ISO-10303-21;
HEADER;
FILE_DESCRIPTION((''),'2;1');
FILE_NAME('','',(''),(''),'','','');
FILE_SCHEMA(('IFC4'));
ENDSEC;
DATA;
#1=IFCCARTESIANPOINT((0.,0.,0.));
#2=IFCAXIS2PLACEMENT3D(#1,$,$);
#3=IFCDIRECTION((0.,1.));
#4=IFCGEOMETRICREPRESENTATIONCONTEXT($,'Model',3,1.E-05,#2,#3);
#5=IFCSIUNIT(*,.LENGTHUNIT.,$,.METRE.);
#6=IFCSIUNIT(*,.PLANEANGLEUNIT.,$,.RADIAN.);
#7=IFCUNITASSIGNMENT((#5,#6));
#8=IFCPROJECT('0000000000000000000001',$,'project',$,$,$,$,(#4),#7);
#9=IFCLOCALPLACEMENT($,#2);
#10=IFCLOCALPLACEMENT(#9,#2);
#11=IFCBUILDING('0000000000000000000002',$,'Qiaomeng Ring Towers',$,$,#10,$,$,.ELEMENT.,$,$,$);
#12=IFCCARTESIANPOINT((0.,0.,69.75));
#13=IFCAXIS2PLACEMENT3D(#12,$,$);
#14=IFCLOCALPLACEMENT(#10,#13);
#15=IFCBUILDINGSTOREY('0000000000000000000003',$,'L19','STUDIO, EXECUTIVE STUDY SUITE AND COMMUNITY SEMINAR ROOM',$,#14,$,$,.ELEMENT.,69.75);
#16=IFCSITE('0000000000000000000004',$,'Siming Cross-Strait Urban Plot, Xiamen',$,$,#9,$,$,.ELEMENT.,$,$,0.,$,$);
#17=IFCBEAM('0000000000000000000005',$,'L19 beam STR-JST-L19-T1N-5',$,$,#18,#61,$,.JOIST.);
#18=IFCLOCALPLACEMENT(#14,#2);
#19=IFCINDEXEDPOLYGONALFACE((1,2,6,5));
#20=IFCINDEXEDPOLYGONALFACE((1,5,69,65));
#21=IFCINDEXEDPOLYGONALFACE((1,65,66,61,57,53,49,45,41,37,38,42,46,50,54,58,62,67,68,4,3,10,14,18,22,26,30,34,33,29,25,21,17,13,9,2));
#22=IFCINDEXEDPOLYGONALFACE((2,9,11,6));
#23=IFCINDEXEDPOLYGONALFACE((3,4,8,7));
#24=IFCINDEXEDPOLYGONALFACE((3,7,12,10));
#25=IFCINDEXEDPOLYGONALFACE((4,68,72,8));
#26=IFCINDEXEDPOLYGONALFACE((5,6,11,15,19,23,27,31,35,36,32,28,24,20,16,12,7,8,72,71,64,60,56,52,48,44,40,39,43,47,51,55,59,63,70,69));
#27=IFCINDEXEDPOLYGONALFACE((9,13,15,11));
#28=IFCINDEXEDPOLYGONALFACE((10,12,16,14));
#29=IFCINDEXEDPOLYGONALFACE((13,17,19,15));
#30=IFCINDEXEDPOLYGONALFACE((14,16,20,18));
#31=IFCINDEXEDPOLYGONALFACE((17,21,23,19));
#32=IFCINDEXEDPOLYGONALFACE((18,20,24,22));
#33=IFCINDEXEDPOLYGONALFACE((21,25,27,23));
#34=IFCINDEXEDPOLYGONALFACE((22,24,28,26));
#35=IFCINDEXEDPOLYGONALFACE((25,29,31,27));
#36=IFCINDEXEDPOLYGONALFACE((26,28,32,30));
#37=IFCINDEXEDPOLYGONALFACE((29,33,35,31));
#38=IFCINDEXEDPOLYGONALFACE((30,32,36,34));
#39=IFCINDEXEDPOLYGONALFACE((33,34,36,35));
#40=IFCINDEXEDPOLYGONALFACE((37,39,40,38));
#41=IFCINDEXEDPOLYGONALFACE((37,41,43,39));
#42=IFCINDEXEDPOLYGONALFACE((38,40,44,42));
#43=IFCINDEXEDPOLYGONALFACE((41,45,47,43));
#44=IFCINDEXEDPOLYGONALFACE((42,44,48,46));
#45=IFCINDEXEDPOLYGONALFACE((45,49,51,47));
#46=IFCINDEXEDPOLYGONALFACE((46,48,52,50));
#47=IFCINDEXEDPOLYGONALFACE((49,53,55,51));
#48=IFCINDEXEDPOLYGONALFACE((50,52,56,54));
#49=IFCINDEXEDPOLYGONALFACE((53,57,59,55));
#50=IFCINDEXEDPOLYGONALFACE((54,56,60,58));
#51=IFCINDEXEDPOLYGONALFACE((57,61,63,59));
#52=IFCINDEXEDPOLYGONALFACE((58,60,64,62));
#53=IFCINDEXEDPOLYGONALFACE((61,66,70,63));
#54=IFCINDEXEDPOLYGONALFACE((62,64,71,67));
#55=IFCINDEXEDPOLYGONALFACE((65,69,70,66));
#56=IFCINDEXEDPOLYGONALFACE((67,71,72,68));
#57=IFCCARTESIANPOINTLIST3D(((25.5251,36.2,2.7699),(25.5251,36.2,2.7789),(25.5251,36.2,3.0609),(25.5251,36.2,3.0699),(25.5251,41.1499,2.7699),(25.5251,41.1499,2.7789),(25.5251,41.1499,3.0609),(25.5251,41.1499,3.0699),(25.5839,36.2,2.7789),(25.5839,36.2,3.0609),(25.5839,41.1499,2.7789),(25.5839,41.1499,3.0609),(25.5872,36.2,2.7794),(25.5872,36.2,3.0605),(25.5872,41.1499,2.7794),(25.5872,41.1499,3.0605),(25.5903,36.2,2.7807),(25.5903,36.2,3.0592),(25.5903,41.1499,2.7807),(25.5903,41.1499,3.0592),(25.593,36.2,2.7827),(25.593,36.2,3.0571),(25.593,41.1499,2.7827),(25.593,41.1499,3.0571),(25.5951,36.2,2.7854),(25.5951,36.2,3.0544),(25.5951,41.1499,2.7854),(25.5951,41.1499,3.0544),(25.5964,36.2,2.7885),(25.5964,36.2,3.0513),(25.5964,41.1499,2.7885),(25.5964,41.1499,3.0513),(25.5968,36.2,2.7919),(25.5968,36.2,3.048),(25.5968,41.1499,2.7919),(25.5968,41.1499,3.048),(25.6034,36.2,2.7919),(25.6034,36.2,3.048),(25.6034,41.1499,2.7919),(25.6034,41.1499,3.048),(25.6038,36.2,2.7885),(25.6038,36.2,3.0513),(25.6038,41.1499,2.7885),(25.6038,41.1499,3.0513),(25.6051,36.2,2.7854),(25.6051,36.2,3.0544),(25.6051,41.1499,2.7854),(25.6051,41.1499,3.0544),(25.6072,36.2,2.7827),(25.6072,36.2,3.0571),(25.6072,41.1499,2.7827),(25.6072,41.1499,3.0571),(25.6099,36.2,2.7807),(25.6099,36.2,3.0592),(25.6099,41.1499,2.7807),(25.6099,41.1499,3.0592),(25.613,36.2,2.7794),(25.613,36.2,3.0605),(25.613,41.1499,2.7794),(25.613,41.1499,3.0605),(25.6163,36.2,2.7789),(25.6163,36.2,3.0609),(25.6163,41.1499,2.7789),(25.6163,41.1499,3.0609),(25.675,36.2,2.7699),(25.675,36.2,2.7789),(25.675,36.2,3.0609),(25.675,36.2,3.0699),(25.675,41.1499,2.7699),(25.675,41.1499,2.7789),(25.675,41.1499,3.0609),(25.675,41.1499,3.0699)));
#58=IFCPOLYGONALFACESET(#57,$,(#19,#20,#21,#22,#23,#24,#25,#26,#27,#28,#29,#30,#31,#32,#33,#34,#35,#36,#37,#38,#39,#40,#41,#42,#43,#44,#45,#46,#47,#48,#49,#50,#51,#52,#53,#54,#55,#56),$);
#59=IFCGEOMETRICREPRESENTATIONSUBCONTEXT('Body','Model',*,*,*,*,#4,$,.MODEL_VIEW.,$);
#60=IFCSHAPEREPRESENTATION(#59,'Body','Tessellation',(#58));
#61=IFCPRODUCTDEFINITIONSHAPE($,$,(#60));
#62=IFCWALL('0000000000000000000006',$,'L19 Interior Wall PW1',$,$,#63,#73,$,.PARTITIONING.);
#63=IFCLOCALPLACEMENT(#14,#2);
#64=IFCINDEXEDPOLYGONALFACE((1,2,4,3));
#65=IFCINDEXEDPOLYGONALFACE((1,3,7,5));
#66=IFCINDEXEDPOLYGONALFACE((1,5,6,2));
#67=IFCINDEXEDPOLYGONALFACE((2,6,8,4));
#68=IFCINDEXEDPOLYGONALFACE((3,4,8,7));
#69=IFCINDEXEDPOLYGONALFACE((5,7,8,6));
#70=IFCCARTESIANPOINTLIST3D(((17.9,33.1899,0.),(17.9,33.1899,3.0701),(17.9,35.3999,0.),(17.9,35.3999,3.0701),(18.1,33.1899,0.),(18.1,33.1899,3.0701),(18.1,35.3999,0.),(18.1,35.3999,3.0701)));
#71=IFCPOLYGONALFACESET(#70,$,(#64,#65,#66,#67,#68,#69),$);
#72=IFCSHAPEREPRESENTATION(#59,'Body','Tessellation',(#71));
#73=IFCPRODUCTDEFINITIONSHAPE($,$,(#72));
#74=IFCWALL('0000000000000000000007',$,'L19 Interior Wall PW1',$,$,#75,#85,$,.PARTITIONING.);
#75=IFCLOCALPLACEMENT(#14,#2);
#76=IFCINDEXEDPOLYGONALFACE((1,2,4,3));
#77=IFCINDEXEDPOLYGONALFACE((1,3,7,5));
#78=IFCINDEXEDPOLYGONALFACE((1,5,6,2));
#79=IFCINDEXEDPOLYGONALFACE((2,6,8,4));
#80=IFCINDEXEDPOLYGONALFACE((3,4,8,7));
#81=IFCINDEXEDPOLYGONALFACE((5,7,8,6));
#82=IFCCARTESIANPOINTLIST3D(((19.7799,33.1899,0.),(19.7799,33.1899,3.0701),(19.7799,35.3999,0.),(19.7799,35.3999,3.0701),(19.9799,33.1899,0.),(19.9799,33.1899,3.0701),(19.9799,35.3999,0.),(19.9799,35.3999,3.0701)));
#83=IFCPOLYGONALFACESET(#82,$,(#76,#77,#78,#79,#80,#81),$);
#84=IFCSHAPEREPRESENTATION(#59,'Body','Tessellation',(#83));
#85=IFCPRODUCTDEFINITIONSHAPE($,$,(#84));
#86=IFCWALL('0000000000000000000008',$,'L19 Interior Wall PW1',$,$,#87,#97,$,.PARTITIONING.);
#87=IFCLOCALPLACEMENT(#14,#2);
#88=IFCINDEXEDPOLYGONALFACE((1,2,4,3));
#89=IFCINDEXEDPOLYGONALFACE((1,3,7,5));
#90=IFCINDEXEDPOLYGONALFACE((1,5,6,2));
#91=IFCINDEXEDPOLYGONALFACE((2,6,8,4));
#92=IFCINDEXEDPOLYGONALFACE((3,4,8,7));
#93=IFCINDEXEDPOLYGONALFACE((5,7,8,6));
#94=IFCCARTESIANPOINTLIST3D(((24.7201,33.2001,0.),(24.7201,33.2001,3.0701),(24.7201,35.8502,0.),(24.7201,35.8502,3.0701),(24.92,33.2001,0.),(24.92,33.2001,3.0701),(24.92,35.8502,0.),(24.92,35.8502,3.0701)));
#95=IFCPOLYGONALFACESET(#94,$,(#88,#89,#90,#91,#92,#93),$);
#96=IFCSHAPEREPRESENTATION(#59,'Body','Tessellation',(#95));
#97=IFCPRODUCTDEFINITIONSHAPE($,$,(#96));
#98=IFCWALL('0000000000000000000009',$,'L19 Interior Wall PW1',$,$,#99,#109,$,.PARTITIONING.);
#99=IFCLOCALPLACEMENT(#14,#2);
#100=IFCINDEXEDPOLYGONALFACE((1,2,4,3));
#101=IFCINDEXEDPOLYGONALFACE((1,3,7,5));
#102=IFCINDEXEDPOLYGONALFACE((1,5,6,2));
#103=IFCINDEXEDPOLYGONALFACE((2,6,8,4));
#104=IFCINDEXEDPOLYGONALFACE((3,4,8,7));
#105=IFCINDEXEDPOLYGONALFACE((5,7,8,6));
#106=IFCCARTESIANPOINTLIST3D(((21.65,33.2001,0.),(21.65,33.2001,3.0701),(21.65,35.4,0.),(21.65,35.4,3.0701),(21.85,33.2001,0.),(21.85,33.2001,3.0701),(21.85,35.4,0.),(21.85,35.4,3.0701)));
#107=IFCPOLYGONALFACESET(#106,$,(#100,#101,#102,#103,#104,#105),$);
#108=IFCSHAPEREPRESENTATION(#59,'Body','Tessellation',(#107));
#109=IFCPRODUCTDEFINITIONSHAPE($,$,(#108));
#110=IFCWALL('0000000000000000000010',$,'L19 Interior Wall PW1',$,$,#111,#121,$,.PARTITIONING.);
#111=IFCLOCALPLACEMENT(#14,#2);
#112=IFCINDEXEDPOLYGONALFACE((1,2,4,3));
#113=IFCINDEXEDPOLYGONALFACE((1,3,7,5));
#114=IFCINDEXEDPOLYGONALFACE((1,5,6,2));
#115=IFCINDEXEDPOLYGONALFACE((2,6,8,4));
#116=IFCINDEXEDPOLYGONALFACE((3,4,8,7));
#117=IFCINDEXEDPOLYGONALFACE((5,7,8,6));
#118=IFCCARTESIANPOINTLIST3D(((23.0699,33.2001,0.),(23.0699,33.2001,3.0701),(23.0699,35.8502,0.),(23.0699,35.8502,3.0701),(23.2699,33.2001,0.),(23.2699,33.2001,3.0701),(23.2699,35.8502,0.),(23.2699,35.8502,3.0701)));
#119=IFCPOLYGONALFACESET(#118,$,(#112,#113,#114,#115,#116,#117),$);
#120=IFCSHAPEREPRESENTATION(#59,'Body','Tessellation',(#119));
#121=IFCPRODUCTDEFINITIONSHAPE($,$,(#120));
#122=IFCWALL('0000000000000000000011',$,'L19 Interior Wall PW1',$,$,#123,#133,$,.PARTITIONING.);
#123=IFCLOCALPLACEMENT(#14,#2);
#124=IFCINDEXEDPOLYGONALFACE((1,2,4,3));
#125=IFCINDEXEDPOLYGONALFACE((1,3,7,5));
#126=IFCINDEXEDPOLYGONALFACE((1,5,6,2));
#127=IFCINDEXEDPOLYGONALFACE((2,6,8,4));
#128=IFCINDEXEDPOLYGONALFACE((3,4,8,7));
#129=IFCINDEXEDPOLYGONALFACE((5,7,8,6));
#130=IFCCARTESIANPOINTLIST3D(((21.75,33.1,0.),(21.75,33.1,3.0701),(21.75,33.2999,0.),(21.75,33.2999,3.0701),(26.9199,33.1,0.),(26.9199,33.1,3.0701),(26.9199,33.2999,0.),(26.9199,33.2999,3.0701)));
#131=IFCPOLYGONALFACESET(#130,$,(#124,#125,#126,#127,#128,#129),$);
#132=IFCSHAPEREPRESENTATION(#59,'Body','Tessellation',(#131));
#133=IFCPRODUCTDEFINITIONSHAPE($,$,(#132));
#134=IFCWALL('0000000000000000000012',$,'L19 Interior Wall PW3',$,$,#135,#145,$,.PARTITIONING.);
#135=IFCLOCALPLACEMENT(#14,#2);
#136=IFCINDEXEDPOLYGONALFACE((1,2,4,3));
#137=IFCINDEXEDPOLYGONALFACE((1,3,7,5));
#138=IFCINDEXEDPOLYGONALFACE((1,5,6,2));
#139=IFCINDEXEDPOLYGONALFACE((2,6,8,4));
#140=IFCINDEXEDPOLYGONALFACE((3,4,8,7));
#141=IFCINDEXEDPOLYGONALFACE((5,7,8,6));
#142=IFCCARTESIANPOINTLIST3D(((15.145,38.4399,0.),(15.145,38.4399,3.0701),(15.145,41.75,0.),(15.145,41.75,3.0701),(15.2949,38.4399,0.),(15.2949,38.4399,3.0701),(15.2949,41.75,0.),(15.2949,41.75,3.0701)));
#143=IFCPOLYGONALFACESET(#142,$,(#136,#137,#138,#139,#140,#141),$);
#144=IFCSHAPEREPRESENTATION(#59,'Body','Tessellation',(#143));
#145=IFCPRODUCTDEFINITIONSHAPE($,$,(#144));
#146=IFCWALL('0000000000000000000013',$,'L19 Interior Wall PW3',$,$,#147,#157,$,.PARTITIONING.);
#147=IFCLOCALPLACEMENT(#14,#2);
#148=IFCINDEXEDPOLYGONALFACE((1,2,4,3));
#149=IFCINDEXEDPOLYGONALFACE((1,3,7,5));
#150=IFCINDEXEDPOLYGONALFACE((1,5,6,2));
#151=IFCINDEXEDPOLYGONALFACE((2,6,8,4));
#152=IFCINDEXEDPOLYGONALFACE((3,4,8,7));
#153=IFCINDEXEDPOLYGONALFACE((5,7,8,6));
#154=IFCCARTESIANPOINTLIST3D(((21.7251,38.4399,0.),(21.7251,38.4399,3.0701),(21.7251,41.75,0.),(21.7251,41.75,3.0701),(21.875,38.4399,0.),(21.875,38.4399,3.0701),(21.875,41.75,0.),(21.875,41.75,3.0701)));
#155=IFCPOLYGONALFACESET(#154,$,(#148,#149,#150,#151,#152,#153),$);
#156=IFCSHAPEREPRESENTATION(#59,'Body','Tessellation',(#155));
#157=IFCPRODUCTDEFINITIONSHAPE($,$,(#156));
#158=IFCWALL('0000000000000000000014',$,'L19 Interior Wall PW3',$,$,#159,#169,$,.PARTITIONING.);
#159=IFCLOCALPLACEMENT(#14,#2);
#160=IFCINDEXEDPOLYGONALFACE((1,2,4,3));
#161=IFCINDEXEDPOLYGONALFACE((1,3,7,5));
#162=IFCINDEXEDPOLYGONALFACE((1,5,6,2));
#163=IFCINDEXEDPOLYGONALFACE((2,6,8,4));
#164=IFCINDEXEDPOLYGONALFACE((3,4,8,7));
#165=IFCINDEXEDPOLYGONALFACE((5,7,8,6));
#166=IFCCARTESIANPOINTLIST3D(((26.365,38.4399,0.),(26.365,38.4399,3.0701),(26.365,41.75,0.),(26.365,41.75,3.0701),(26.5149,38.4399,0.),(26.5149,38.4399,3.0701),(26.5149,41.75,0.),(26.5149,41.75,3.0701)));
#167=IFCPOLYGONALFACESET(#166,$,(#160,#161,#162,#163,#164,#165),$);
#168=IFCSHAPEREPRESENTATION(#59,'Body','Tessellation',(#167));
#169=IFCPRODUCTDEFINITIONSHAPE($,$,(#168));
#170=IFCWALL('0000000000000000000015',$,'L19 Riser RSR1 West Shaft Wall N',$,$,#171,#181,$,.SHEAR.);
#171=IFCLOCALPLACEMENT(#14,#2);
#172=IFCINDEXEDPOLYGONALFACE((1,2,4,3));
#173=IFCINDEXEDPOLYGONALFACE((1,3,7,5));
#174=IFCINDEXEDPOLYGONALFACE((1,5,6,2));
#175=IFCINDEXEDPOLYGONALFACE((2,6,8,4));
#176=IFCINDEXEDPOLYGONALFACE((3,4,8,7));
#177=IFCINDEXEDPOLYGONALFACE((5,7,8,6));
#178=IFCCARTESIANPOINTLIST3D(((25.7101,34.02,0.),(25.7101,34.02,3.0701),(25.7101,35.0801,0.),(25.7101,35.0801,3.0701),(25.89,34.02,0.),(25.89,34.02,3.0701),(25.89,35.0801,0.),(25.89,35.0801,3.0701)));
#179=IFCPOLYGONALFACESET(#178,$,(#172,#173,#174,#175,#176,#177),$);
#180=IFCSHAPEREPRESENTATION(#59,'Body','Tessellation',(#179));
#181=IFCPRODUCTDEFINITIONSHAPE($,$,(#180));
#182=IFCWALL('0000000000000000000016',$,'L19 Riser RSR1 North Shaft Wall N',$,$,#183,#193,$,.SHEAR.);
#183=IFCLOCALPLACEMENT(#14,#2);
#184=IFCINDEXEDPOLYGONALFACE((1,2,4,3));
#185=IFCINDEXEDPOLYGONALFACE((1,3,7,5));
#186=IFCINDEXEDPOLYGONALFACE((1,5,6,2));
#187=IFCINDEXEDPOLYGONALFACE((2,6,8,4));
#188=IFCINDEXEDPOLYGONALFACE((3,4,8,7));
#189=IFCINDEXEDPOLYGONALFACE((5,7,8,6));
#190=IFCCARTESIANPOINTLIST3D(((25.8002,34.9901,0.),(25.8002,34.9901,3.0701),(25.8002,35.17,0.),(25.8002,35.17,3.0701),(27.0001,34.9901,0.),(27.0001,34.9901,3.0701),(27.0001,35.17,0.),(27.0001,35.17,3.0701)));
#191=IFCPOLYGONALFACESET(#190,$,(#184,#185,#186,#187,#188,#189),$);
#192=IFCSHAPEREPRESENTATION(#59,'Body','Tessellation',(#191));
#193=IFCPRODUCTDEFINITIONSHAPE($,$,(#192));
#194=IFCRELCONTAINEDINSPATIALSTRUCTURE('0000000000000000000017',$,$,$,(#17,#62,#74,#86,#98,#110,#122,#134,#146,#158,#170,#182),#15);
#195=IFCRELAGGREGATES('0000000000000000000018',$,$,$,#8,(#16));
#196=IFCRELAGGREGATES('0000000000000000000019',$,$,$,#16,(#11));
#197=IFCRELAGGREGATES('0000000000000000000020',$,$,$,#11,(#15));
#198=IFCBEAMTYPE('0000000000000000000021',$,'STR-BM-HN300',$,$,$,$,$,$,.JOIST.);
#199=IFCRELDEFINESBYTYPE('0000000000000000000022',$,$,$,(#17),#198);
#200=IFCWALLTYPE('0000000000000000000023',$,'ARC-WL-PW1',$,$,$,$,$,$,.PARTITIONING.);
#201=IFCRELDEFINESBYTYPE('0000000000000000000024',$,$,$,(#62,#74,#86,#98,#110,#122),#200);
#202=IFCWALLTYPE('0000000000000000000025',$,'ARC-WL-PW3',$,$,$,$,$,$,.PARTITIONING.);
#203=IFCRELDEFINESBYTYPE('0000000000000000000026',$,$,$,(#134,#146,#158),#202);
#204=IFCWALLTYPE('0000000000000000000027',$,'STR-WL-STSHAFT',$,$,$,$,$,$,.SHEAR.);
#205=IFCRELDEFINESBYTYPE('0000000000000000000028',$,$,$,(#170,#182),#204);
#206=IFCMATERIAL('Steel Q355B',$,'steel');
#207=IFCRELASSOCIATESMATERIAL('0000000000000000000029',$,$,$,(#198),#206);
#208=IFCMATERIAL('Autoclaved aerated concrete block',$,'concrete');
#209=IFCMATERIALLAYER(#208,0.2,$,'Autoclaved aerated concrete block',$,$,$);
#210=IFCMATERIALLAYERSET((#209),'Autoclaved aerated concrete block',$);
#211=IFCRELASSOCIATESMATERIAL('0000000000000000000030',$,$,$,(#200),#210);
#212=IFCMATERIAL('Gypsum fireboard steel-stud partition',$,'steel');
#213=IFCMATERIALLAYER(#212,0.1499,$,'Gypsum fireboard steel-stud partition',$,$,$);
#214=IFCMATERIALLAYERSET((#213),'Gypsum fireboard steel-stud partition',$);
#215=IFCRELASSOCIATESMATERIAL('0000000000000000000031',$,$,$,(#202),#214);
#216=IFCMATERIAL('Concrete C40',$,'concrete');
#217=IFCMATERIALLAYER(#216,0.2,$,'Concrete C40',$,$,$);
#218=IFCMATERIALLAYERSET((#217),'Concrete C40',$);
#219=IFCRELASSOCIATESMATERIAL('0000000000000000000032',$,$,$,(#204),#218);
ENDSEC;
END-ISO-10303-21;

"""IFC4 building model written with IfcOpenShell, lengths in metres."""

from ifc_helpers import new_model, si_unit, direction, frame, frame_2d, origin, origin_2d, place, context, subcontext, project, spatial, rectangle, i_section, extrude, source, transform, mapped, material, layer, layer_set, material_profile, profile_set, type_object, element, save


model = new_model("IFC4")

# Units and contexts
model_context = context("Model", 3, precision=1e-05, world=origin(), true_north=direction((0.0, 1.0)))
body_context = subcontext(model_context, "Body", "Model", "MODEL_VIEW")
ifc_project = project(units=[si_unit("LENGTHUNIT", "METRE"), si_unit("PLANEANGLEUNIT", "RADIAN")], contexts=[model_context])

# Site, building, storey
site_placement = place(None, origin())
site = spatial("IfcSite", under=ifc_project, at=site_placement, Name="Siming Cross-Strait Urban Plot, Xiamen", CompositionType="ELEMENT", RefElevation=0.0)
building_placement = place(site_placement, origin())
building = spatial("IfcBuilding", under=site, at=building_placement, Name="Qiaomeng Ring Towers", CompositionType="ELEMENT")
storey_placement = place(building_placement, frame((0.0, 0.0, 69.75)))
storey = spatial("IfcBuildingStorey", under=building, at=storey_placement, Name="L19", Description="STUDIO, EXECUTIVE STUDY SUITE AND COMMUNITY SEMINAR ROOM", CompositionType="ELEMENT", Elevation=69.75)

# Beam
ifc_material_1 = material(Name="Steel Q355B", Category="steel")
ifc_material_profile_1 = material_profile(ifc_material_1, i_section(OverallWidth=0.1499, OverallDepth=0.3, WebThickness=0.0066, FlangeThickness=0.009, FilletRadius=0.0129, at=origin_2d()), Name="HN 300x150x6.5x9")
ifc_profile_set_1 = profile_set([ifc_material_profile_1], Name="Steel Q355B")
beam_type_1 = type_object("IfcBeamType", Name="STR-BM-HN300", PredefinedType="JOIST", material=ifc_profile_set_1)
shared_shape_1 = source(origin(), body_context, "Body", "SweptSolid", [
    extrude(i_section(OverallWidth=0.1499, OverallDepth=0.3, WebThickness=0.0066, FlangeThickness=0.009, FilletRadius=0.0129, at=origin_2d()), origin(), (0.0, 0.0, 1.0), 4.95),
])
for number, where, z_axis, x_axis, name in (
    (1, (25.6001, 36.2, 2.9199), (0.0, 1.0, 0.0), (-1.0, 0.0, 0.0), "L19 beam STR-JST-L19-T1N-5"),
):
    element("IfcBeam", number, at=place(storey_placement, frame(where, z_axis=z_axis, x_axis=x_axis)), inside=storey, type_object=beam_type_1, Name=name, PredefinedType="JOIST", context=body_context, shape_type="MappedRepresentation", body=[
        mapped(shared_shape_1, transform((0.0, 0.0, 0.0), x_axis=(1.0, 0.0, 0.0), y_axis=(0.0, 1.0, 0.0), z_axis=(0.0, 0.0, 1.0), scale=1.0)),
    ])

# Walls
ifc_material_2 = material(Name="Autoclaved aerated concrete block", Category="concrete")
ifc_layer_1 = layer(ifc_material_2, 0.2, Name="Autoclaved aerated concrete block")
ifc_layer_set_1 = layer_set([ifc_layer_1], Name="Autoclaved aerated concrete block")
wall_type_1 = type_object("IfcWallType", Name="ARC-WL-PW1", PredefinedType="PARTITIONING", material=ifc_layer_set_1)
for number, where, z_axis, x_axis, name in (
    (2, (18.0, 33.1899, 0.0), (0.0, 0.0, 1.0), (0.0, 1.0, 0.0), "L19 Interior Wall PW1"),
    (3, (19.8799, 33.1899, 0.0), (0.0, 0.0, 1.0), (0.0, 1.0, 0.0), "L19 Interior Wall PW1"),
):
    element("IfcWall", number, at=place(storey_placement, frame(where, z_axis=z_axis, x_axis=x_axis)), inside=storey, type_object=wall_type_1, Name=name, PredefinedType="PARTITIONING", context=body_context, shape_type="SweptSolid", body=[
        extrude(rectangle(XDim=2.21, YDim=0.2, at=frame_2d((1.105, 0.0))), origin(), (0.0, 0.0, 1.0), 3.0701),
    ])
wall_1_placement = place(storey_placement, frame((24.8201, 33.2, 0.0), z_axis=(0.0, 0.0, 1.0), x_axis=(0.0, 1.0, 0.0)))
element("IfcWall", 4, at=wall_1_placement, inside=storey, type_object=wall_type_1, Name="L19 Interior Wall PW1", PredefinedType="PARTITIONING", context=body_context, shape_type="SweptSolid", body=[
    extrude(rectangle(XDim=2.6501, YDim=0.2, at=frame_2d((1.3252, 0.0))), origin(), (0.0, 0.0, 1.0), 3.0701),
])
wall_2_placement = place(storey_placement, frame((21.75, 33.2, 0.0), z_axis=(0.0, 0.0, 1.0), x_axis=(0.0, 1.0, 0.0)))
element("IfcWall", 5, at=wall_2_placement, inside=storey, type_object=wall_type_1, Name="L19 Interior Wall PW1", PredefinedType="PARTITIONING", context=body_context, shape_type="SweptSolid", body=[
    extrude(rectangle(XDim=2.2, YDim=0.2, at=frame_2d((1.1001, 0.0))), origin(), (0.0, 0.0, 1.0), 3.0701),
])
wall_3_placement = place(storey_placement, frame((23.1699, 33.2, 0.0), z_axis=(0.0, 0.0, 1.0), x_axis=(0.0, 1.0, 0.0)))
element("IfcWall", 6, at=wall_3_placement, inside=storey, type_object=wall_type_1, Name="L19 Interior Wall PW1", PredefinedType="PARTITIONING", context=body_context, shape_type="SweptSolid", body=[
    extrude(rectangle(XDim=2.6501, YDim=0.2, at=frame_2d((1.3252, 0.0))), origin(), (0.0, 0.0, 1.0), 3.0701),
])
wall_4_placement = place(storey_placement, frame((21.75, 33.2, 0.0), z_axis=(0.0, 0.0, 1.0), x_axis=(1.0, 0.0, 0.0)))
element("IfcWall", 7, at=wall_4_placement, inside=storey, type_object=wall_type_1, Name="L19 Interior Wall PW1", PredefinedType="PARTITIONING", context=body_context, shape_type="SweptSolid", body=[
    extrude(rectangle(XDim=5.1699, YDim=0.2, at=frame_2d((2.585, 0.0))), origin(), (0.0, 0.0, 1.0), 3.0701),
])
ifc_material_3 = material(Name="Gypsum fireboard steel-stud partition", Category="steel")
ifc_layer_2 = layer(ifc_material_3, 0.1499, Name="Gypsum fireboard steel-stud partition")
ifc_layer_set_2 = layer_set([ifc_layer_2], Name="Gypsum fireboard steel-stud partition")
wall_type_2 = type_object("IfcWallType", Name="ARC-WL-PW3", PredefinedType="PARTITIONING", material=ifc_layer_set_2)
for number, where, z_axis, x_axis, name in (
    (8, (15.22, 38.4399, 0.0), (0.0, 0.0, 1.0), (0.0, 1.0, 0.0), "L19 Interior Wall PW3"),
    (9, (21.8, 38.4399, 0.0), (0.0, 0.0, 1.0), (0.0, 1.0, 0.0), "L19 Interior Wall PW3"),
    (10, (26.4399, 38.4399, 0.0), (0.0, 0.0, 1.0), (0.0, 1.0, 0.0), "L19 Interior Wall PW3"),
):
    element("IfcWall", number, at=place(storey_placement, frame(where, z_axis=z_axis, x_axis=x_axis)), inside=storey, type_object=wall_type_2, Name=name, PredefinedType="PARTITIONING", context=body_context, shape_type="SweptSolid", body=[
        extrude(rectangle(XDim=3.3101, YDim=0.1499, at=frame_2d((1.655, 0.0))), origin(), (0.0, 0.0, 1.0), 3.0701),
    ])
ifc_material_4 = material(Name="Concrete C40", Category="concrete")
ifc_layer_3 = layer(ifc_material_4, 0.2, Name="Concrete C40")
ifc_layer_set_3 = layer_set([ifc_layer_3], Name="Concrete C40")
wall_type_3 = type_object("IfcWallType", Name="STR-WL-STSHAFT", PredefinedType="SHEAR", material=ifc_layer_set_3)
wall_5_placement = place(storey_placement, frame((25.8, 34.02, 0.0), z_axis=(0.0, 0.0, 1.0), x_axis=(0.0, 1.0, 0.0)))
element("IfcWall", 11, at=wall_5_placement, inside=storey, type_object=wall_type_3, Name="L19 Riser RSR1 West Shaft Wall N", PredefinedType="SHEAR", context=body_context, shape_type="SweptSolid", body=[
    extrude(rectangle(XDim=1.0601, YDim=0.1799, at=frame_2d((0.53, 0.0))), origin(), (0.0, 0.0, 1.0), 3.0701),
])
for number, where, z_axis, x_axis, name in (
    (12, (25.8, 35.0801, 0.0), (0.0, 0.0, 1.0), (1.0, 0.0, 0.0), "L19 Riser RSR1 North Shaft Wall N"),
):
    element("IfcWall", number, at=place(storey_placement, frame(where, z_axis=z_axis, x_axis=x_axis)), inside=storey, type_object=wall_type_3, Name=name, PredefinedType="SHEAR", context=body_context, shape_type="SweptSolid", body=[
        extrude(rectangle(XDim=1.2, YDim=0.1799, at=frame_2d((0.6001, 0.0))), origin(), (0.0, 0.0, 1.0), 3.0701),
    ])

save(model, "model.ifc")
